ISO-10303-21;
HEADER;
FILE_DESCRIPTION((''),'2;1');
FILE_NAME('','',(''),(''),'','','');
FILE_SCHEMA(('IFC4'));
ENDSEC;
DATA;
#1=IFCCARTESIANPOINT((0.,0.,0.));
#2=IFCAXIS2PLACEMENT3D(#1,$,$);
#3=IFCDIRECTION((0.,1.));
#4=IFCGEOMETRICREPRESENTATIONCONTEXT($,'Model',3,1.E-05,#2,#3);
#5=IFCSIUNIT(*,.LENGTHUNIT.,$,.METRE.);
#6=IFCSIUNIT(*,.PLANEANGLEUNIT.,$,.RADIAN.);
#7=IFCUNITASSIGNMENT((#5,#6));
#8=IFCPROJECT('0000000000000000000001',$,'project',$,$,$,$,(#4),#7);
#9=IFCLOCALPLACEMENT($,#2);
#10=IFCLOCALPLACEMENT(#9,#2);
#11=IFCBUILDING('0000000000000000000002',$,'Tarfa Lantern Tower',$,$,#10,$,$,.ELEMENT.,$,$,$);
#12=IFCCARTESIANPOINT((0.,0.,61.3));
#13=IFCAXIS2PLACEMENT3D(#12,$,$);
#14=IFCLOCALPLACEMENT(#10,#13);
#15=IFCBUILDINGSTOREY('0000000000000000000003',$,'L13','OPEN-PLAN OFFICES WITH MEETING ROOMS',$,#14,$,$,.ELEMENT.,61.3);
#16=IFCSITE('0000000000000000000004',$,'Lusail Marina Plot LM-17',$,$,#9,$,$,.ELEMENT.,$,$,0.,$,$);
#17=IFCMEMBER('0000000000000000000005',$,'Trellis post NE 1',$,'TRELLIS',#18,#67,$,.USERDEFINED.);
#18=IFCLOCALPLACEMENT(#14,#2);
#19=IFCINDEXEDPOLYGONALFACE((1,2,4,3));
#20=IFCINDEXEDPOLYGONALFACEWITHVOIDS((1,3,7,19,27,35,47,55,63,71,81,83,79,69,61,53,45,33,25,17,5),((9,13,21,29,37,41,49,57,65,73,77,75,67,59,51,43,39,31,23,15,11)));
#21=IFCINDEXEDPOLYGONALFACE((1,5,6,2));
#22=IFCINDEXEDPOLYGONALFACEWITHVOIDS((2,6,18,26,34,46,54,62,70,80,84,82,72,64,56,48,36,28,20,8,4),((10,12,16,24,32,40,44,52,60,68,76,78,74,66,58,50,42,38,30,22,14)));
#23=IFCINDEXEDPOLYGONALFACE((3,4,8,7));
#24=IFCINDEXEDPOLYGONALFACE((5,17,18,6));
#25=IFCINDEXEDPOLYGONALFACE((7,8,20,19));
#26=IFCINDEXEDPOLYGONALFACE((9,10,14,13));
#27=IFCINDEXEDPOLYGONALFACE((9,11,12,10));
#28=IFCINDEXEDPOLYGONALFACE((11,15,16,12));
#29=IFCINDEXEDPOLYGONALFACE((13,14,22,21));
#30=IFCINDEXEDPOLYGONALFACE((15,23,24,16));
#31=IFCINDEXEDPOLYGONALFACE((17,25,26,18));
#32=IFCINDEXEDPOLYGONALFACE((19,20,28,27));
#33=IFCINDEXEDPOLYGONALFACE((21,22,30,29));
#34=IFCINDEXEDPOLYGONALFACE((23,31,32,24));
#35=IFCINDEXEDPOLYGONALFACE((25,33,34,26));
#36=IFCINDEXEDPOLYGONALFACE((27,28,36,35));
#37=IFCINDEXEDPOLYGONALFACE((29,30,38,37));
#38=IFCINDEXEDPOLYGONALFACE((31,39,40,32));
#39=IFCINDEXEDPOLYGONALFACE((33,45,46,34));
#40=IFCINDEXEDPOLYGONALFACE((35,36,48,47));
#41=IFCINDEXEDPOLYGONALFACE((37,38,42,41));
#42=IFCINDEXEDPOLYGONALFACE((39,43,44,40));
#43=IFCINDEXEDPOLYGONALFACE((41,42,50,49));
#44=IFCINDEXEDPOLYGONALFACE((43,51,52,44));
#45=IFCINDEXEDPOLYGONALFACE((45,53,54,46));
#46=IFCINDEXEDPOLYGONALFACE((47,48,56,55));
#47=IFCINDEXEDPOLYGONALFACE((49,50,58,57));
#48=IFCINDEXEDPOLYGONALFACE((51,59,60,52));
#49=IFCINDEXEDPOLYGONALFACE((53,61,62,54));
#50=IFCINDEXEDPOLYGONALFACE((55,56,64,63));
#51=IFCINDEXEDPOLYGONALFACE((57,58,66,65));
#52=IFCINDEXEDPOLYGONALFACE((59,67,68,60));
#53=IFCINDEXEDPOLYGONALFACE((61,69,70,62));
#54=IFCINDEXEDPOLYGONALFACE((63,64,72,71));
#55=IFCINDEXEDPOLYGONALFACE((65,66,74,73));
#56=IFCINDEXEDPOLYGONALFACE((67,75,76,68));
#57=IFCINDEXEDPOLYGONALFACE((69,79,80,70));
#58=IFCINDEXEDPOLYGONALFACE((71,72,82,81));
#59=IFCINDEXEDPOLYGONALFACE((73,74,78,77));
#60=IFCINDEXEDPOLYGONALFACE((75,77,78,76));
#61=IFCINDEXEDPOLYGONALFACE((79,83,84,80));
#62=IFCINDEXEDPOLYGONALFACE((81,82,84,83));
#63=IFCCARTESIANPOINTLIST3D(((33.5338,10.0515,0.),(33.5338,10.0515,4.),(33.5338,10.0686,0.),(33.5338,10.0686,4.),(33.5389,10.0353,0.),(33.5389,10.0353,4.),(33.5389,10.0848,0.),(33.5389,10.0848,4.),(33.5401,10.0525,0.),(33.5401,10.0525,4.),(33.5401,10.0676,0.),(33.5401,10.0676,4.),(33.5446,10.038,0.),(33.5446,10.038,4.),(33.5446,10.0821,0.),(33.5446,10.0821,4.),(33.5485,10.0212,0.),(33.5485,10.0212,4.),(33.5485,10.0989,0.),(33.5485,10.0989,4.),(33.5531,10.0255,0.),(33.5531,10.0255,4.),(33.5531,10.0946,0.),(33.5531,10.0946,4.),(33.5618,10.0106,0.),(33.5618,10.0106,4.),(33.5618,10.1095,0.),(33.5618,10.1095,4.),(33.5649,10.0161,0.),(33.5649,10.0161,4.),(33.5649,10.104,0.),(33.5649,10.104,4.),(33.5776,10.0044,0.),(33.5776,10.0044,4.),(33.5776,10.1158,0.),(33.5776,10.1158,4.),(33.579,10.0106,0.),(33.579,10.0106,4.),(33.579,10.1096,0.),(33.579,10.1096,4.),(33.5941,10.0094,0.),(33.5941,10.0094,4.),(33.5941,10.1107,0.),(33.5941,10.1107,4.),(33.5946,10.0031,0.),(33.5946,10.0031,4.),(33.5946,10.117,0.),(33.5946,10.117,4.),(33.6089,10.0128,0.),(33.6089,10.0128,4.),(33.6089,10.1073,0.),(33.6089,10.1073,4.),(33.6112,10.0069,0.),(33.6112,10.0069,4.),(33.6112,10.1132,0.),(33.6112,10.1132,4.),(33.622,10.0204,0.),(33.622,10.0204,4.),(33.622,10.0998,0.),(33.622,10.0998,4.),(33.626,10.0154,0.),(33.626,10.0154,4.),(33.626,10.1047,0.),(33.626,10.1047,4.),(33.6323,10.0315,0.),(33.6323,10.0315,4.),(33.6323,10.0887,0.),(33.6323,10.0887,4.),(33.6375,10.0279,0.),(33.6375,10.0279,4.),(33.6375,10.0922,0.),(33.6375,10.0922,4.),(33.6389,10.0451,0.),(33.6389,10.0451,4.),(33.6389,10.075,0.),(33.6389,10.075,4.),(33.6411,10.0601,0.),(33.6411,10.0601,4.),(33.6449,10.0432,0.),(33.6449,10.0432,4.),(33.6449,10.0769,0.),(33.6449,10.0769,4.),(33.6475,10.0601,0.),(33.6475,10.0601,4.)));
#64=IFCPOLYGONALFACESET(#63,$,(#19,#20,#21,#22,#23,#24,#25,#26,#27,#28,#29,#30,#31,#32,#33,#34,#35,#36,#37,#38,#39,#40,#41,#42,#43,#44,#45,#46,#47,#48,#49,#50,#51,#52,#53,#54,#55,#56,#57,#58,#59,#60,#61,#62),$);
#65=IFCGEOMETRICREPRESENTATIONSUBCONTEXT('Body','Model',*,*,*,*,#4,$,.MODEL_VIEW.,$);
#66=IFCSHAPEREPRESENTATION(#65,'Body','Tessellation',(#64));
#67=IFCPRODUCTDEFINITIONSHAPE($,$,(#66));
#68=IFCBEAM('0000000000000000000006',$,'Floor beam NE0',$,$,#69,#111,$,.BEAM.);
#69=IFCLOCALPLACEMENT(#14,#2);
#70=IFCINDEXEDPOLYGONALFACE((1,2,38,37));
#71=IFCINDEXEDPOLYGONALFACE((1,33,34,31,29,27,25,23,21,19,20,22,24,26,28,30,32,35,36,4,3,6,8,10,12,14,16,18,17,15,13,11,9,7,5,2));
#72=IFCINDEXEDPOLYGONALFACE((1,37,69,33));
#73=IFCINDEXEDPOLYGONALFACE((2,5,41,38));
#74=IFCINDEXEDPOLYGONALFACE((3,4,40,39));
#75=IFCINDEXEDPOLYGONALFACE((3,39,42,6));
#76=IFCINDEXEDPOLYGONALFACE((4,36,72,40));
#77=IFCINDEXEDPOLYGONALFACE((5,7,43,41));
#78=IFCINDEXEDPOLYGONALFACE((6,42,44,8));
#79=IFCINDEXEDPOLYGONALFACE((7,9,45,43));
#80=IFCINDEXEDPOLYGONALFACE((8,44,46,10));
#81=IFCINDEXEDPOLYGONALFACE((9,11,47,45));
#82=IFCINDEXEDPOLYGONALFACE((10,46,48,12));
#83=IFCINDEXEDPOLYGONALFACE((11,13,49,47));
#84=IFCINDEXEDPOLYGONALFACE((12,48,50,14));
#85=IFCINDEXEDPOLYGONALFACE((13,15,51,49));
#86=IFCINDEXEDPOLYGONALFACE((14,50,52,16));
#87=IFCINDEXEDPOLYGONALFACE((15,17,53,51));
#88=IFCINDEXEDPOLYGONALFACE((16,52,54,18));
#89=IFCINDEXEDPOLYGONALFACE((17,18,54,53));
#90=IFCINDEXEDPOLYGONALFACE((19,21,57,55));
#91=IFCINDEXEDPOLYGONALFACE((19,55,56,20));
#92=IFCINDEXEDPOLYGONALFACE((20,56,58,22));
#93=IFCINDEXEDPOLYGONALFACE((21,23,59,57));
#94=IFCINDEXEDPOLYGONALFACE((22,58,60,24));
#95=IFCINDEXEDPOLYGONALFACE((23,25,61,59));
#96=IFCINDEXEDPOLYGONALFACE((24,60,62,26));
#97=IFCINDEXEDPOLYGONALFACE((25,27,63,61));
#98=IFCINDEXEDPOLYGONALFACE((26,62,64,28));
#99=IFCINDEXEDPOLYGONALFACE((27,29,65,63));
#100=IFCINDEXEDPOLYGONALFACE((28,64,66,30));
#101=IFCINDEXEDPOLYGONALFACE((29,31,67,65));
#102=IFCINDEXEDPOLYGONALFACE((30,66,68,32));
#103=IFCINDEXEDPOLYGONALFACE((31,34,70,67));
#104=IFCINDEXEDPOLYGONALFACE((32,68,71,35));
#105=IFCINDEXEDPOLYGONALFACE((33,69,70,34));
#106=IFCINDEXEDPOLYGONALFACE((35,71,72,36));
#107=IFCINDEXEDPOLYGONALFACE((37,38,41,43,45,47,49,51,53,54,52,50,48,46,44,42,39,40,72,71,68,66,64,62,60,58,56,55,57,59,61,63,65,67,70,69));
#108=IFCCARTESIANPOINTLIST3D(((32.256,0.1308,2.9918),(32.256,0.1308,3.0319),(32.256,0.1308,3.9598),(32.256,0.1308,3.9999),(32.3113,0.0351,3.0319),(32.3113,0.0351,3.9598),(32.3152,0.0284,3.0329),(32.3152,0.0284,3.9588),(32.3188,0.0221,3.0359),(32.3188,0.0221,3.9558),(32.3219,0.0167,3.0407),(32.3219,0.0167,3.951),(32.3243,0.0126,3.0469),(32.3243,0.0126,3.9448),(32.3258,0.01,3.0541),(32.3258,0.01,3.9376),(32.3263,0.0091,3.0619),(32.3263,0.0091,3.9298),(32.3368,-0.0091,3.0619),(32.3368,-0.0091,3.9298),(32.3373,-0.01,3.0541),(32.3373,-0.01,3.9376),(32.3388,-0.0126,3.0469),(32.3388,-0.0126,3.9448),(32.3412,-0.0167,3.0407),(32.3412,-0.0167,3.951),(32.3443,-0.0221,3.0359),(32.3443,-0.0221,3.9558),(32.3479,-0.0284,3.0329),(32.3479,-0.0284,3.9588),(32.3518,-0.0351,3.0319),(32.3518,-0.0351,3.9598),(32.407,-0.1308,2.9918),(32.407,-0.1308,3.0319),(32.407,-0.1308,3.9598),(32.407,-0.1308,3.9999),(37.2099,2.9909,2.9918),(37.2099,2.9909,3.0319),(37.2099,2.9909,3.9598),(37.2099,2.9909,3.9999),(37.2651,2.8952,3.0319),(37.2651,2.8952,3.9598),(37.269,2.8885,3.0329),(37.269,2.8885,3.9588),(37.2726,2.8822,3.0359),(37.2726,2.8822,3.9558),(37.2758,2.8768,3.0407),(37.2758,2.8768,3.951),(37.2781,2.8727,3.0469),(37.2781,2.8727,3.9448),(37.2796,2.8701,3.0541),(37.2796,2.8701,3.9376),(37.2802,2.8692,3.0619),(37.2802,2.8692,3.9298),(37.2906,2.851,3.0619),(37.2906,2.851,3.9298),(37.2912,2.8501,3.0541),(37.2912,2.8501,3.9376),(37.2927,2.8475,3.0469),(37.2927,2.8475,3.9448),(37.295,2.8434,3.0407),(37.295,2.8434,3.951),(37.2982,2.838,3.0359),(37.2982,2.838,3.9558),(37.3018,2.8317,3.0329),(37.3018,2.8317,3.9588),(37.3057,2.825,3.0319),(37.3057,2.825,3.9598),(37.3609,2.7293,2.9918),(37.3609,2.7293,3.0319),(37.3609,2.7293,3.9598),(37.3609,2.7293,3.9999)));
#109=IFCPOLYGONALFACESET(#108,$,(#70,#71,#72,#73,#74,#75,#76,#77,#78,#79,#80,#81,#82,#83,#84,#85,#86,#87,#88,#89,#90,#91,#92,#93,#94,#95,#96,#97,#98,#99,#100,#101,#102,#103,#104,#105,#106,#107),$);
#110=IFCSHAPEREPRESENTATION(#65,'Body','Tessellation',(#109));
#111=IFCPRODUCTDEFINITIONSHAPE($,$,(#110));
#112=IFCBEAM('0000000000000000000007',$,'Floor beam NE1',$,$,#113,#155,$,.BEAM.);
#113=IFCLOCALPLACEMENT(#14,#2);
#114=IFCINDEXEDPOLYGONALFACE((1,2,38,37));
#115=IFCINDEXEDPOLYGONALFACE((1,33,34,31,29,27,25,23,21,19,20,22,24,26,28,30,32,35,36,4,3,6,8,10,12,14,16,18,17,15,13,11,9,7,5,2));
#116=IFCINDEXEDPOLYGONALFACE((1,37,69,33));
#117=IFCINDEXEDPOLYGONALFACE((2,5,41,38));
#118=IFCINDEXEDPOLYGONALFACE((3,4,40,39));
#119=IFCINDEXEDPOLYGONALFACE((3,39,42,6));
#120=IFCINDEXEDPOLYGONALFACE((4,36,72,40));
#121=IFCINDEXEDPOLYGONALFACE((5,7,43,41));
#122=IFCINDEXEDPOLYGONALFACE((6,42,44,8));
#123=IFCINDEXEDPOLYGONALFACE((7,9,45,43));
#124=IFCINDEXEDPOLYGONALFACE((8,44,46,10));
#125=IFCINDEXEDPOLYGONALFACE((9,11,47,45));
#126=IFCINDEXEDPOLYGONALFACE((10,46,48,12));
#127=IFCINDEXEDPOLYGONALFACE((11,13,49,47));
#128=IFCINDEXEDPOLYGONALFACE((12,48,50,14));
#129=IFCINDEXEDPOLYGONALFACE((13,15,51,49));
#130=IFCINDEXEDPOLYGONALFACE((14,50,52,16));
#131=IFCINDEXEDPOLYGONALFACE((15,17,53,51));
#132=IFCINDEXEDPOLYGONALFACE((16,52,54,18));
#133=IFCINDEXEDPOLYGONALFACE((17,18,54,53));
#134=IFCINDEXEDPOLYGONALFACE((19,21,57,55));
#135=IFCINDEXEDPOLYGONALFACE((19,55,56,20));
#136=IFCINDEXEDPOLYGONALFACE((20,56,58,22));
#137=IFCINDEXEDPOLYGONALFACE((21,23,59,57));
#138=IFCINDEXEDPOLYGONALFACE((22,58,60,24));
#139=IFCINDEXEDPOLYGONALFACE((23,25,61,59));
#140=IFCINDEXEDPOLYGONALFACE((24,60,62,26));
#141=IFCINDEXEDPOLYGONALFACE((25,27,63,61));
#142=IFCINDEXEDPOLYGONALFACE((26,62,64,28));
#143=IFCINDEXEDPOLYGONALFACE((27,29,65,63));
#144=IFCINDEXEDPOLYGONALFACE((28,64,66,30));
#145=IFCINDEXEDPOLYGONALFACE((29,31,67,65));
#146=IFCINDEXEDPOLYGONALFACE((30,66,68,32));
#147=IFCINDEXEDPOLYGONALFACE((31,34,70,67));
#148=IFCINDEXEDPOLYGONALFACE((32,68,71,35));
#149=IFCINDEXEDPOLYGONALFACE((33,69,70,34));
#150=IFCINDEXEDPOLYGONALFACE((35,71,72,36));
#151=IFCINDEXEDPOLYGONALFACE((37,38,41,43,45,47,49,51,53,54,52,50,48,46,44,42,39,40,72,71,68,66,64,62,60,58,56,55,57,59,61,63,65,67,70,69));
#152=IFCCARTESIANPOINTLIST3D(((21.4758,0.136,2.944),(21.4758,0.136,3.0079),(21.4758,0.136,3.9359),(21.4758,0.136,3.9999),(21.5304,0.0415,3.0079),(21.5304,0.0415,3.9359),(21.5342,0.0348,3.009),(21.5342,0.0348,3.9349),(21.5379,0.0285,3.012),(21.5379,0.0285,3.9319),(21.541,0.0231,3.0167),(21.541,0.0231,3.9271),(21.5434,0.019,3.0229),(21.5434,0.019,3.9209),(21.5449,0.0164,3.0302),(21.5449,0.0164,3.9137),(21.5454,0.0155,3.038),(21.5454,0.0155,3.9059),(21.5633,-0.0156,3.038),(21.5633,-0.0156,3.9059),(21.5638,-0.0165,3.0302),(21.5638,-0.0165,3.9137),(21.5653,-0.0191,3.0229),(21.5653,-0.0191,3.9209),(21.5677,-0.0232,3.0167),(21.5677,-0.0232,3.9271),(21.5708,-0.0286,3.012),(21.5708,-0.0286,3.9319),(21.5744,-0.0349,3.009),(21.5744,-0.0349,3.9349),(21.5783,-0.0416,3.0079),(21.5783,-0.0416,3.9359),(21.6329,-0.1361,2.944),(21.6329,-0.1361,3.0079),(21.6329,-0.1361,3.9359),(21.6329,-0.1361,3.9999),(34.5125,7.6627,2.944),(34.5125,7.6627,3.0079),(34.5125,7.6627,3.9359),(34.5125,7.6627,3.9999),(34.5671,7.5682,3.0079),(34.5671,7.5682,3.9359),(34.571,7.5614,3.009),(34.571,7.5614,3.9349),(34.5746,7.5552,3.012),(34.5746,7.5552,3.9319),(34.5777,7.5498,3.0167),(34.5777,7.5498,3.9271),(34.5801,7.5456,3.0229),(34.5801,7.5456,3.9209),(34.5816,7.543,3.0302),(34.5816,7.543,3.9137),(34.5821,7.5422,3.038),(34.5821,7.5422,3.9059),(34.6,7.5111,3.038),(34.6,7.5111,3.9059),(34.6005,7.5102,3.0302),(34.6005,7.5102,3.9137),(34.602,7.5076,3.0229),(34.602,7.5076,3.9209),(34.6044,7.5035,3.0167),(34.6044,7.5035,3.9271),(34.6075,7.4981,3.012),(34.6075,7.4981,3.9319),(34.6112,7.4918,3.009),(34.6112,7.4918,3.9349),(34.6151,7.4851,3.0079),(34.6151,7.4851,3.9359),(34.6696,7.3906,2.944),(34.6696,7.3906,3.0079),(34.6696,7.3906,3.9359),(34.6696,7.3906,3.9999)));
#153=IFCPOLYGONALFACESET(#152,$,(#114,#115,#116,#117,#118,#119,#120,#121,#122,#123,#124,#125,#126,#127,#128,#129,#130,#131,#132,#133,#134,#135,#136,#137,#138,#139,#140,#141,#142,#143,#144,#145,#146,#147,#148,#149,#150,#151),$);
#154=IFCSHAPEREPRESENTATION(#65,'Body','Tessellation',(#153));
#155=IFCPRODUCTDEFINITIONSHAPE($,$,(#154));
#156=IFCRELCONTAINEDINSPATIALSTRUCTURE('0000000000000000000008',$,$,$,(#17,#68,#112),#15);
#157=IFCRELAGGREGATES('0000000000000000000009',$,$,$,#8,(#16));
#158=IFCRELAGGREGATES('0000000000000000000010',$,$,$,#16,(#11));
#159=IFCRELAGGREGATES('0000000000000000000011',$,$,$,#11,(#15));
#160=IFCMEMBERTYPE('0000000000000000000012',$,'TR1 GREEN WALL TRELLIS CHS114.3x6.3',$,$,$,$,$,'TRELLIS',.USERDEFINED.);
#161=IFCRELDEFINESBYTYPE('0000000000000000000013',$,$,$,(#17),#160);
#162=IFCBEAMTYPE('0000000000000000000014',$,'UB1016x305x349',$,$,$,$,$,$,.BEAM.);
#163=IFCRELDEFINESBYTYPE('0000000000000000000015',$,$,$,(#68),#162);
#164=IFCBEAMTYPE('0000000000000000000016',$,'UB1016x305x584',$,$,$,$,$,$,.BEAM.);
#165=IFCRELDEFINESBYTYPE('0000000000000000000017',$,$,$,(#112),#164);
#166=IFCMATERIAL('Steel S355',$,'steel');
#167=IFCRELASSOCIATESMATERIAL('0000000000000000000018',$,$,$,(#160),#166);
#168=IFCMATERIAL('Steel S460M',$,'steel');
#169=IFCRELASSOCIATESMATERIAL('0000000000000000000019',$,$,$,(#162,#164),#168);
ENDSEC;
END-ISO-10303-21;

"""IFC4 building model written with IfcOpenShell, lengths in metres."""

from ifc_helpers import new_model, si_unit, direction, frame, origin, origin_2d, place, context, subcontext, project, spatial, hollow_circle, i_section, extrude, material, material_profile, profile_set, type_object, element, save


model = new_model("IFC4")

# Units and contexts
model_context = context("Model", 3, precision=1e-05, world=origin(), true_north=direction((0.0, 1.0)))
body_context = subcontext(model_context, "Body", "Model", "MODEL_VIEW")
ifc_project = project(units=[si_unit("LENGTHUNIT", "METRE"), si_unit("PLANEANGLEUNIT", "RADIAN")], contexts=[model_context])

# Site, building, storey
site_placement = place(None, origin())
site = spatial("IfcSite", under=ifc_project, at=site_placement, Name="Lusail Marina Plot LM-17", CompositionType="ELEMENT", RefElevation=0.0)
building_placement = place(site_placement, origin())
building = spatial("IfcBuilding", under=site, at=building_placement, Name="Tarfa Lantern Tower", CompositionType="ELEMENT")
storey_placement = place(building_placement, frame((0.0, 0.0, 61.3)))
storey = spatial("IfcBuildingStorey", under=building, at=storey_placement, Name="L13", Description="OPEN-PLAN OFFICES WITH MEETING ROOMS", CompositionType="ELEMENT", Elevation=61.3)

# Member
ifc_material_1 = material(Name="Steel S355", Category="steel")
ifc_material_profile_1 = material_profile(ifc_material_1, hollow_circle(Radius=0.0571, WallThickness=0.0063, at=origin_2d()), Name="CHS114.3x6.3")
ifc_profile_set_1 = profile_set([ifc_material_profile_1], Name="Steel S355")
member_type_1 = type_object("IfcMemberType", Name="TR1 GREEN WALL TRELLIS CHS114.3x6.3", ElementType="TRELLIS", PredefinedType="USERDEFINED", material=ifc_profile_set_1)
member_1_placement = place(storey_placement, frame((33.5903, 10.0601, 0.0), z_axis=(0.0, 0.0, 1.0), x_axis=(1.0, 0.0, 0.0)))
element("IfcMember", 1, at=member_1_placement, inside=storey, type_object=member_type_1, Name="Trellis post NE 1", ObjectType="TRELLIS", PredefinedType="USERDEFINED", context=body_context, shape_type="SweptSolid", body=[
    extrude(hollow_circle(Radius=0.0571, WallThickness=0.0063, at=origin_2d()), origin(), (0.0, 0.0, 1.0), 4.0),
])

# Beams
ifc_material_2 = material(Name="Steel S460M", Category="steel")
ifc_material_profile_2 = material_profile(ifc_material_2, i_section(OverallWidth=0.302, OverallDepth=1.0081, WebThickness=0.021, FlangeThickness=0.04, FilletRadius=0.03, at=origin_2d()), Name="UB1016x305x349")
ifc_profile_set_2 = profile_set([ifc_material_profile_2], Name="Steel S460M")
beam_type_1 = type_object("IfcBeamType", Name="UB1016x305x349", PredefinedType="BEAM", material=ifc_profile_set_2)
beam_1_placement = place(storey_placement, frame((37.2854, 2.8601, 3.4958), z_axis=(-0.866026, -0.5, 0.0), x_axis=(0.5, -0.866026, 0.0)))
element("IfcBeam", 2, at=beam_1_placement, inside=storey, type_object=beam_type_1, Name="Floor beam NE0", PredefinedType="BEAM", context=body_context, shape_type="SweptSolid", body=[
    extrude(i_section(OverallWidth=0.302, OverallDepth=1.0081, WebThickness=0.021, FlangeThickness=0.04, FilletRadius=0.03, at=origin_2d()), origin(), (0.0, 0.0, 1.0), 5.7202),
])
ifc_material_profile_3 = material_profile(ifc_material_2, i_section(OverallWidth=0.3142, OverallDepth=1.0559, WebThickness=0.0359, FlangeThickness=0.064, FilletRadius=0.03, at=origin_2d()), Name="UB1016x305x584")
ifc_profile_set_3 = profile_set([ifc_material_profile_3], Name="Steel S460M")
beam_type_2 = type_object("IfcBeamType", Name="UB1016x305x584", PredefinedType="BEAM", material=ifc_profile_set_3)
beam_2_placement = place(storey_placement, frame((34.5911, 7.5266, 3.4719), z_axis=(-0.866028, -0.499996, 0.0), x_axis=(0.499996, -0.866028, 0.0)))
element("IfcBeam", 3, at=beam_2_placement, inside=storey, type_object=beam_type_2, Name="Floor beam NE1", PredefinedType="BEAM", context=body_context, shape_type="SweptSolid", body=[
    extrude(i_section(OverallWidth=0.3142, OverallDepth=1.0559, WebThickness=0.0359, FlangeThickness=0.064, FilletRadius=0.03, at=origin_2d()), origin(), (0.0, 0.0, 1.0), 15.0535),
])

save(model, "model.ifc")
